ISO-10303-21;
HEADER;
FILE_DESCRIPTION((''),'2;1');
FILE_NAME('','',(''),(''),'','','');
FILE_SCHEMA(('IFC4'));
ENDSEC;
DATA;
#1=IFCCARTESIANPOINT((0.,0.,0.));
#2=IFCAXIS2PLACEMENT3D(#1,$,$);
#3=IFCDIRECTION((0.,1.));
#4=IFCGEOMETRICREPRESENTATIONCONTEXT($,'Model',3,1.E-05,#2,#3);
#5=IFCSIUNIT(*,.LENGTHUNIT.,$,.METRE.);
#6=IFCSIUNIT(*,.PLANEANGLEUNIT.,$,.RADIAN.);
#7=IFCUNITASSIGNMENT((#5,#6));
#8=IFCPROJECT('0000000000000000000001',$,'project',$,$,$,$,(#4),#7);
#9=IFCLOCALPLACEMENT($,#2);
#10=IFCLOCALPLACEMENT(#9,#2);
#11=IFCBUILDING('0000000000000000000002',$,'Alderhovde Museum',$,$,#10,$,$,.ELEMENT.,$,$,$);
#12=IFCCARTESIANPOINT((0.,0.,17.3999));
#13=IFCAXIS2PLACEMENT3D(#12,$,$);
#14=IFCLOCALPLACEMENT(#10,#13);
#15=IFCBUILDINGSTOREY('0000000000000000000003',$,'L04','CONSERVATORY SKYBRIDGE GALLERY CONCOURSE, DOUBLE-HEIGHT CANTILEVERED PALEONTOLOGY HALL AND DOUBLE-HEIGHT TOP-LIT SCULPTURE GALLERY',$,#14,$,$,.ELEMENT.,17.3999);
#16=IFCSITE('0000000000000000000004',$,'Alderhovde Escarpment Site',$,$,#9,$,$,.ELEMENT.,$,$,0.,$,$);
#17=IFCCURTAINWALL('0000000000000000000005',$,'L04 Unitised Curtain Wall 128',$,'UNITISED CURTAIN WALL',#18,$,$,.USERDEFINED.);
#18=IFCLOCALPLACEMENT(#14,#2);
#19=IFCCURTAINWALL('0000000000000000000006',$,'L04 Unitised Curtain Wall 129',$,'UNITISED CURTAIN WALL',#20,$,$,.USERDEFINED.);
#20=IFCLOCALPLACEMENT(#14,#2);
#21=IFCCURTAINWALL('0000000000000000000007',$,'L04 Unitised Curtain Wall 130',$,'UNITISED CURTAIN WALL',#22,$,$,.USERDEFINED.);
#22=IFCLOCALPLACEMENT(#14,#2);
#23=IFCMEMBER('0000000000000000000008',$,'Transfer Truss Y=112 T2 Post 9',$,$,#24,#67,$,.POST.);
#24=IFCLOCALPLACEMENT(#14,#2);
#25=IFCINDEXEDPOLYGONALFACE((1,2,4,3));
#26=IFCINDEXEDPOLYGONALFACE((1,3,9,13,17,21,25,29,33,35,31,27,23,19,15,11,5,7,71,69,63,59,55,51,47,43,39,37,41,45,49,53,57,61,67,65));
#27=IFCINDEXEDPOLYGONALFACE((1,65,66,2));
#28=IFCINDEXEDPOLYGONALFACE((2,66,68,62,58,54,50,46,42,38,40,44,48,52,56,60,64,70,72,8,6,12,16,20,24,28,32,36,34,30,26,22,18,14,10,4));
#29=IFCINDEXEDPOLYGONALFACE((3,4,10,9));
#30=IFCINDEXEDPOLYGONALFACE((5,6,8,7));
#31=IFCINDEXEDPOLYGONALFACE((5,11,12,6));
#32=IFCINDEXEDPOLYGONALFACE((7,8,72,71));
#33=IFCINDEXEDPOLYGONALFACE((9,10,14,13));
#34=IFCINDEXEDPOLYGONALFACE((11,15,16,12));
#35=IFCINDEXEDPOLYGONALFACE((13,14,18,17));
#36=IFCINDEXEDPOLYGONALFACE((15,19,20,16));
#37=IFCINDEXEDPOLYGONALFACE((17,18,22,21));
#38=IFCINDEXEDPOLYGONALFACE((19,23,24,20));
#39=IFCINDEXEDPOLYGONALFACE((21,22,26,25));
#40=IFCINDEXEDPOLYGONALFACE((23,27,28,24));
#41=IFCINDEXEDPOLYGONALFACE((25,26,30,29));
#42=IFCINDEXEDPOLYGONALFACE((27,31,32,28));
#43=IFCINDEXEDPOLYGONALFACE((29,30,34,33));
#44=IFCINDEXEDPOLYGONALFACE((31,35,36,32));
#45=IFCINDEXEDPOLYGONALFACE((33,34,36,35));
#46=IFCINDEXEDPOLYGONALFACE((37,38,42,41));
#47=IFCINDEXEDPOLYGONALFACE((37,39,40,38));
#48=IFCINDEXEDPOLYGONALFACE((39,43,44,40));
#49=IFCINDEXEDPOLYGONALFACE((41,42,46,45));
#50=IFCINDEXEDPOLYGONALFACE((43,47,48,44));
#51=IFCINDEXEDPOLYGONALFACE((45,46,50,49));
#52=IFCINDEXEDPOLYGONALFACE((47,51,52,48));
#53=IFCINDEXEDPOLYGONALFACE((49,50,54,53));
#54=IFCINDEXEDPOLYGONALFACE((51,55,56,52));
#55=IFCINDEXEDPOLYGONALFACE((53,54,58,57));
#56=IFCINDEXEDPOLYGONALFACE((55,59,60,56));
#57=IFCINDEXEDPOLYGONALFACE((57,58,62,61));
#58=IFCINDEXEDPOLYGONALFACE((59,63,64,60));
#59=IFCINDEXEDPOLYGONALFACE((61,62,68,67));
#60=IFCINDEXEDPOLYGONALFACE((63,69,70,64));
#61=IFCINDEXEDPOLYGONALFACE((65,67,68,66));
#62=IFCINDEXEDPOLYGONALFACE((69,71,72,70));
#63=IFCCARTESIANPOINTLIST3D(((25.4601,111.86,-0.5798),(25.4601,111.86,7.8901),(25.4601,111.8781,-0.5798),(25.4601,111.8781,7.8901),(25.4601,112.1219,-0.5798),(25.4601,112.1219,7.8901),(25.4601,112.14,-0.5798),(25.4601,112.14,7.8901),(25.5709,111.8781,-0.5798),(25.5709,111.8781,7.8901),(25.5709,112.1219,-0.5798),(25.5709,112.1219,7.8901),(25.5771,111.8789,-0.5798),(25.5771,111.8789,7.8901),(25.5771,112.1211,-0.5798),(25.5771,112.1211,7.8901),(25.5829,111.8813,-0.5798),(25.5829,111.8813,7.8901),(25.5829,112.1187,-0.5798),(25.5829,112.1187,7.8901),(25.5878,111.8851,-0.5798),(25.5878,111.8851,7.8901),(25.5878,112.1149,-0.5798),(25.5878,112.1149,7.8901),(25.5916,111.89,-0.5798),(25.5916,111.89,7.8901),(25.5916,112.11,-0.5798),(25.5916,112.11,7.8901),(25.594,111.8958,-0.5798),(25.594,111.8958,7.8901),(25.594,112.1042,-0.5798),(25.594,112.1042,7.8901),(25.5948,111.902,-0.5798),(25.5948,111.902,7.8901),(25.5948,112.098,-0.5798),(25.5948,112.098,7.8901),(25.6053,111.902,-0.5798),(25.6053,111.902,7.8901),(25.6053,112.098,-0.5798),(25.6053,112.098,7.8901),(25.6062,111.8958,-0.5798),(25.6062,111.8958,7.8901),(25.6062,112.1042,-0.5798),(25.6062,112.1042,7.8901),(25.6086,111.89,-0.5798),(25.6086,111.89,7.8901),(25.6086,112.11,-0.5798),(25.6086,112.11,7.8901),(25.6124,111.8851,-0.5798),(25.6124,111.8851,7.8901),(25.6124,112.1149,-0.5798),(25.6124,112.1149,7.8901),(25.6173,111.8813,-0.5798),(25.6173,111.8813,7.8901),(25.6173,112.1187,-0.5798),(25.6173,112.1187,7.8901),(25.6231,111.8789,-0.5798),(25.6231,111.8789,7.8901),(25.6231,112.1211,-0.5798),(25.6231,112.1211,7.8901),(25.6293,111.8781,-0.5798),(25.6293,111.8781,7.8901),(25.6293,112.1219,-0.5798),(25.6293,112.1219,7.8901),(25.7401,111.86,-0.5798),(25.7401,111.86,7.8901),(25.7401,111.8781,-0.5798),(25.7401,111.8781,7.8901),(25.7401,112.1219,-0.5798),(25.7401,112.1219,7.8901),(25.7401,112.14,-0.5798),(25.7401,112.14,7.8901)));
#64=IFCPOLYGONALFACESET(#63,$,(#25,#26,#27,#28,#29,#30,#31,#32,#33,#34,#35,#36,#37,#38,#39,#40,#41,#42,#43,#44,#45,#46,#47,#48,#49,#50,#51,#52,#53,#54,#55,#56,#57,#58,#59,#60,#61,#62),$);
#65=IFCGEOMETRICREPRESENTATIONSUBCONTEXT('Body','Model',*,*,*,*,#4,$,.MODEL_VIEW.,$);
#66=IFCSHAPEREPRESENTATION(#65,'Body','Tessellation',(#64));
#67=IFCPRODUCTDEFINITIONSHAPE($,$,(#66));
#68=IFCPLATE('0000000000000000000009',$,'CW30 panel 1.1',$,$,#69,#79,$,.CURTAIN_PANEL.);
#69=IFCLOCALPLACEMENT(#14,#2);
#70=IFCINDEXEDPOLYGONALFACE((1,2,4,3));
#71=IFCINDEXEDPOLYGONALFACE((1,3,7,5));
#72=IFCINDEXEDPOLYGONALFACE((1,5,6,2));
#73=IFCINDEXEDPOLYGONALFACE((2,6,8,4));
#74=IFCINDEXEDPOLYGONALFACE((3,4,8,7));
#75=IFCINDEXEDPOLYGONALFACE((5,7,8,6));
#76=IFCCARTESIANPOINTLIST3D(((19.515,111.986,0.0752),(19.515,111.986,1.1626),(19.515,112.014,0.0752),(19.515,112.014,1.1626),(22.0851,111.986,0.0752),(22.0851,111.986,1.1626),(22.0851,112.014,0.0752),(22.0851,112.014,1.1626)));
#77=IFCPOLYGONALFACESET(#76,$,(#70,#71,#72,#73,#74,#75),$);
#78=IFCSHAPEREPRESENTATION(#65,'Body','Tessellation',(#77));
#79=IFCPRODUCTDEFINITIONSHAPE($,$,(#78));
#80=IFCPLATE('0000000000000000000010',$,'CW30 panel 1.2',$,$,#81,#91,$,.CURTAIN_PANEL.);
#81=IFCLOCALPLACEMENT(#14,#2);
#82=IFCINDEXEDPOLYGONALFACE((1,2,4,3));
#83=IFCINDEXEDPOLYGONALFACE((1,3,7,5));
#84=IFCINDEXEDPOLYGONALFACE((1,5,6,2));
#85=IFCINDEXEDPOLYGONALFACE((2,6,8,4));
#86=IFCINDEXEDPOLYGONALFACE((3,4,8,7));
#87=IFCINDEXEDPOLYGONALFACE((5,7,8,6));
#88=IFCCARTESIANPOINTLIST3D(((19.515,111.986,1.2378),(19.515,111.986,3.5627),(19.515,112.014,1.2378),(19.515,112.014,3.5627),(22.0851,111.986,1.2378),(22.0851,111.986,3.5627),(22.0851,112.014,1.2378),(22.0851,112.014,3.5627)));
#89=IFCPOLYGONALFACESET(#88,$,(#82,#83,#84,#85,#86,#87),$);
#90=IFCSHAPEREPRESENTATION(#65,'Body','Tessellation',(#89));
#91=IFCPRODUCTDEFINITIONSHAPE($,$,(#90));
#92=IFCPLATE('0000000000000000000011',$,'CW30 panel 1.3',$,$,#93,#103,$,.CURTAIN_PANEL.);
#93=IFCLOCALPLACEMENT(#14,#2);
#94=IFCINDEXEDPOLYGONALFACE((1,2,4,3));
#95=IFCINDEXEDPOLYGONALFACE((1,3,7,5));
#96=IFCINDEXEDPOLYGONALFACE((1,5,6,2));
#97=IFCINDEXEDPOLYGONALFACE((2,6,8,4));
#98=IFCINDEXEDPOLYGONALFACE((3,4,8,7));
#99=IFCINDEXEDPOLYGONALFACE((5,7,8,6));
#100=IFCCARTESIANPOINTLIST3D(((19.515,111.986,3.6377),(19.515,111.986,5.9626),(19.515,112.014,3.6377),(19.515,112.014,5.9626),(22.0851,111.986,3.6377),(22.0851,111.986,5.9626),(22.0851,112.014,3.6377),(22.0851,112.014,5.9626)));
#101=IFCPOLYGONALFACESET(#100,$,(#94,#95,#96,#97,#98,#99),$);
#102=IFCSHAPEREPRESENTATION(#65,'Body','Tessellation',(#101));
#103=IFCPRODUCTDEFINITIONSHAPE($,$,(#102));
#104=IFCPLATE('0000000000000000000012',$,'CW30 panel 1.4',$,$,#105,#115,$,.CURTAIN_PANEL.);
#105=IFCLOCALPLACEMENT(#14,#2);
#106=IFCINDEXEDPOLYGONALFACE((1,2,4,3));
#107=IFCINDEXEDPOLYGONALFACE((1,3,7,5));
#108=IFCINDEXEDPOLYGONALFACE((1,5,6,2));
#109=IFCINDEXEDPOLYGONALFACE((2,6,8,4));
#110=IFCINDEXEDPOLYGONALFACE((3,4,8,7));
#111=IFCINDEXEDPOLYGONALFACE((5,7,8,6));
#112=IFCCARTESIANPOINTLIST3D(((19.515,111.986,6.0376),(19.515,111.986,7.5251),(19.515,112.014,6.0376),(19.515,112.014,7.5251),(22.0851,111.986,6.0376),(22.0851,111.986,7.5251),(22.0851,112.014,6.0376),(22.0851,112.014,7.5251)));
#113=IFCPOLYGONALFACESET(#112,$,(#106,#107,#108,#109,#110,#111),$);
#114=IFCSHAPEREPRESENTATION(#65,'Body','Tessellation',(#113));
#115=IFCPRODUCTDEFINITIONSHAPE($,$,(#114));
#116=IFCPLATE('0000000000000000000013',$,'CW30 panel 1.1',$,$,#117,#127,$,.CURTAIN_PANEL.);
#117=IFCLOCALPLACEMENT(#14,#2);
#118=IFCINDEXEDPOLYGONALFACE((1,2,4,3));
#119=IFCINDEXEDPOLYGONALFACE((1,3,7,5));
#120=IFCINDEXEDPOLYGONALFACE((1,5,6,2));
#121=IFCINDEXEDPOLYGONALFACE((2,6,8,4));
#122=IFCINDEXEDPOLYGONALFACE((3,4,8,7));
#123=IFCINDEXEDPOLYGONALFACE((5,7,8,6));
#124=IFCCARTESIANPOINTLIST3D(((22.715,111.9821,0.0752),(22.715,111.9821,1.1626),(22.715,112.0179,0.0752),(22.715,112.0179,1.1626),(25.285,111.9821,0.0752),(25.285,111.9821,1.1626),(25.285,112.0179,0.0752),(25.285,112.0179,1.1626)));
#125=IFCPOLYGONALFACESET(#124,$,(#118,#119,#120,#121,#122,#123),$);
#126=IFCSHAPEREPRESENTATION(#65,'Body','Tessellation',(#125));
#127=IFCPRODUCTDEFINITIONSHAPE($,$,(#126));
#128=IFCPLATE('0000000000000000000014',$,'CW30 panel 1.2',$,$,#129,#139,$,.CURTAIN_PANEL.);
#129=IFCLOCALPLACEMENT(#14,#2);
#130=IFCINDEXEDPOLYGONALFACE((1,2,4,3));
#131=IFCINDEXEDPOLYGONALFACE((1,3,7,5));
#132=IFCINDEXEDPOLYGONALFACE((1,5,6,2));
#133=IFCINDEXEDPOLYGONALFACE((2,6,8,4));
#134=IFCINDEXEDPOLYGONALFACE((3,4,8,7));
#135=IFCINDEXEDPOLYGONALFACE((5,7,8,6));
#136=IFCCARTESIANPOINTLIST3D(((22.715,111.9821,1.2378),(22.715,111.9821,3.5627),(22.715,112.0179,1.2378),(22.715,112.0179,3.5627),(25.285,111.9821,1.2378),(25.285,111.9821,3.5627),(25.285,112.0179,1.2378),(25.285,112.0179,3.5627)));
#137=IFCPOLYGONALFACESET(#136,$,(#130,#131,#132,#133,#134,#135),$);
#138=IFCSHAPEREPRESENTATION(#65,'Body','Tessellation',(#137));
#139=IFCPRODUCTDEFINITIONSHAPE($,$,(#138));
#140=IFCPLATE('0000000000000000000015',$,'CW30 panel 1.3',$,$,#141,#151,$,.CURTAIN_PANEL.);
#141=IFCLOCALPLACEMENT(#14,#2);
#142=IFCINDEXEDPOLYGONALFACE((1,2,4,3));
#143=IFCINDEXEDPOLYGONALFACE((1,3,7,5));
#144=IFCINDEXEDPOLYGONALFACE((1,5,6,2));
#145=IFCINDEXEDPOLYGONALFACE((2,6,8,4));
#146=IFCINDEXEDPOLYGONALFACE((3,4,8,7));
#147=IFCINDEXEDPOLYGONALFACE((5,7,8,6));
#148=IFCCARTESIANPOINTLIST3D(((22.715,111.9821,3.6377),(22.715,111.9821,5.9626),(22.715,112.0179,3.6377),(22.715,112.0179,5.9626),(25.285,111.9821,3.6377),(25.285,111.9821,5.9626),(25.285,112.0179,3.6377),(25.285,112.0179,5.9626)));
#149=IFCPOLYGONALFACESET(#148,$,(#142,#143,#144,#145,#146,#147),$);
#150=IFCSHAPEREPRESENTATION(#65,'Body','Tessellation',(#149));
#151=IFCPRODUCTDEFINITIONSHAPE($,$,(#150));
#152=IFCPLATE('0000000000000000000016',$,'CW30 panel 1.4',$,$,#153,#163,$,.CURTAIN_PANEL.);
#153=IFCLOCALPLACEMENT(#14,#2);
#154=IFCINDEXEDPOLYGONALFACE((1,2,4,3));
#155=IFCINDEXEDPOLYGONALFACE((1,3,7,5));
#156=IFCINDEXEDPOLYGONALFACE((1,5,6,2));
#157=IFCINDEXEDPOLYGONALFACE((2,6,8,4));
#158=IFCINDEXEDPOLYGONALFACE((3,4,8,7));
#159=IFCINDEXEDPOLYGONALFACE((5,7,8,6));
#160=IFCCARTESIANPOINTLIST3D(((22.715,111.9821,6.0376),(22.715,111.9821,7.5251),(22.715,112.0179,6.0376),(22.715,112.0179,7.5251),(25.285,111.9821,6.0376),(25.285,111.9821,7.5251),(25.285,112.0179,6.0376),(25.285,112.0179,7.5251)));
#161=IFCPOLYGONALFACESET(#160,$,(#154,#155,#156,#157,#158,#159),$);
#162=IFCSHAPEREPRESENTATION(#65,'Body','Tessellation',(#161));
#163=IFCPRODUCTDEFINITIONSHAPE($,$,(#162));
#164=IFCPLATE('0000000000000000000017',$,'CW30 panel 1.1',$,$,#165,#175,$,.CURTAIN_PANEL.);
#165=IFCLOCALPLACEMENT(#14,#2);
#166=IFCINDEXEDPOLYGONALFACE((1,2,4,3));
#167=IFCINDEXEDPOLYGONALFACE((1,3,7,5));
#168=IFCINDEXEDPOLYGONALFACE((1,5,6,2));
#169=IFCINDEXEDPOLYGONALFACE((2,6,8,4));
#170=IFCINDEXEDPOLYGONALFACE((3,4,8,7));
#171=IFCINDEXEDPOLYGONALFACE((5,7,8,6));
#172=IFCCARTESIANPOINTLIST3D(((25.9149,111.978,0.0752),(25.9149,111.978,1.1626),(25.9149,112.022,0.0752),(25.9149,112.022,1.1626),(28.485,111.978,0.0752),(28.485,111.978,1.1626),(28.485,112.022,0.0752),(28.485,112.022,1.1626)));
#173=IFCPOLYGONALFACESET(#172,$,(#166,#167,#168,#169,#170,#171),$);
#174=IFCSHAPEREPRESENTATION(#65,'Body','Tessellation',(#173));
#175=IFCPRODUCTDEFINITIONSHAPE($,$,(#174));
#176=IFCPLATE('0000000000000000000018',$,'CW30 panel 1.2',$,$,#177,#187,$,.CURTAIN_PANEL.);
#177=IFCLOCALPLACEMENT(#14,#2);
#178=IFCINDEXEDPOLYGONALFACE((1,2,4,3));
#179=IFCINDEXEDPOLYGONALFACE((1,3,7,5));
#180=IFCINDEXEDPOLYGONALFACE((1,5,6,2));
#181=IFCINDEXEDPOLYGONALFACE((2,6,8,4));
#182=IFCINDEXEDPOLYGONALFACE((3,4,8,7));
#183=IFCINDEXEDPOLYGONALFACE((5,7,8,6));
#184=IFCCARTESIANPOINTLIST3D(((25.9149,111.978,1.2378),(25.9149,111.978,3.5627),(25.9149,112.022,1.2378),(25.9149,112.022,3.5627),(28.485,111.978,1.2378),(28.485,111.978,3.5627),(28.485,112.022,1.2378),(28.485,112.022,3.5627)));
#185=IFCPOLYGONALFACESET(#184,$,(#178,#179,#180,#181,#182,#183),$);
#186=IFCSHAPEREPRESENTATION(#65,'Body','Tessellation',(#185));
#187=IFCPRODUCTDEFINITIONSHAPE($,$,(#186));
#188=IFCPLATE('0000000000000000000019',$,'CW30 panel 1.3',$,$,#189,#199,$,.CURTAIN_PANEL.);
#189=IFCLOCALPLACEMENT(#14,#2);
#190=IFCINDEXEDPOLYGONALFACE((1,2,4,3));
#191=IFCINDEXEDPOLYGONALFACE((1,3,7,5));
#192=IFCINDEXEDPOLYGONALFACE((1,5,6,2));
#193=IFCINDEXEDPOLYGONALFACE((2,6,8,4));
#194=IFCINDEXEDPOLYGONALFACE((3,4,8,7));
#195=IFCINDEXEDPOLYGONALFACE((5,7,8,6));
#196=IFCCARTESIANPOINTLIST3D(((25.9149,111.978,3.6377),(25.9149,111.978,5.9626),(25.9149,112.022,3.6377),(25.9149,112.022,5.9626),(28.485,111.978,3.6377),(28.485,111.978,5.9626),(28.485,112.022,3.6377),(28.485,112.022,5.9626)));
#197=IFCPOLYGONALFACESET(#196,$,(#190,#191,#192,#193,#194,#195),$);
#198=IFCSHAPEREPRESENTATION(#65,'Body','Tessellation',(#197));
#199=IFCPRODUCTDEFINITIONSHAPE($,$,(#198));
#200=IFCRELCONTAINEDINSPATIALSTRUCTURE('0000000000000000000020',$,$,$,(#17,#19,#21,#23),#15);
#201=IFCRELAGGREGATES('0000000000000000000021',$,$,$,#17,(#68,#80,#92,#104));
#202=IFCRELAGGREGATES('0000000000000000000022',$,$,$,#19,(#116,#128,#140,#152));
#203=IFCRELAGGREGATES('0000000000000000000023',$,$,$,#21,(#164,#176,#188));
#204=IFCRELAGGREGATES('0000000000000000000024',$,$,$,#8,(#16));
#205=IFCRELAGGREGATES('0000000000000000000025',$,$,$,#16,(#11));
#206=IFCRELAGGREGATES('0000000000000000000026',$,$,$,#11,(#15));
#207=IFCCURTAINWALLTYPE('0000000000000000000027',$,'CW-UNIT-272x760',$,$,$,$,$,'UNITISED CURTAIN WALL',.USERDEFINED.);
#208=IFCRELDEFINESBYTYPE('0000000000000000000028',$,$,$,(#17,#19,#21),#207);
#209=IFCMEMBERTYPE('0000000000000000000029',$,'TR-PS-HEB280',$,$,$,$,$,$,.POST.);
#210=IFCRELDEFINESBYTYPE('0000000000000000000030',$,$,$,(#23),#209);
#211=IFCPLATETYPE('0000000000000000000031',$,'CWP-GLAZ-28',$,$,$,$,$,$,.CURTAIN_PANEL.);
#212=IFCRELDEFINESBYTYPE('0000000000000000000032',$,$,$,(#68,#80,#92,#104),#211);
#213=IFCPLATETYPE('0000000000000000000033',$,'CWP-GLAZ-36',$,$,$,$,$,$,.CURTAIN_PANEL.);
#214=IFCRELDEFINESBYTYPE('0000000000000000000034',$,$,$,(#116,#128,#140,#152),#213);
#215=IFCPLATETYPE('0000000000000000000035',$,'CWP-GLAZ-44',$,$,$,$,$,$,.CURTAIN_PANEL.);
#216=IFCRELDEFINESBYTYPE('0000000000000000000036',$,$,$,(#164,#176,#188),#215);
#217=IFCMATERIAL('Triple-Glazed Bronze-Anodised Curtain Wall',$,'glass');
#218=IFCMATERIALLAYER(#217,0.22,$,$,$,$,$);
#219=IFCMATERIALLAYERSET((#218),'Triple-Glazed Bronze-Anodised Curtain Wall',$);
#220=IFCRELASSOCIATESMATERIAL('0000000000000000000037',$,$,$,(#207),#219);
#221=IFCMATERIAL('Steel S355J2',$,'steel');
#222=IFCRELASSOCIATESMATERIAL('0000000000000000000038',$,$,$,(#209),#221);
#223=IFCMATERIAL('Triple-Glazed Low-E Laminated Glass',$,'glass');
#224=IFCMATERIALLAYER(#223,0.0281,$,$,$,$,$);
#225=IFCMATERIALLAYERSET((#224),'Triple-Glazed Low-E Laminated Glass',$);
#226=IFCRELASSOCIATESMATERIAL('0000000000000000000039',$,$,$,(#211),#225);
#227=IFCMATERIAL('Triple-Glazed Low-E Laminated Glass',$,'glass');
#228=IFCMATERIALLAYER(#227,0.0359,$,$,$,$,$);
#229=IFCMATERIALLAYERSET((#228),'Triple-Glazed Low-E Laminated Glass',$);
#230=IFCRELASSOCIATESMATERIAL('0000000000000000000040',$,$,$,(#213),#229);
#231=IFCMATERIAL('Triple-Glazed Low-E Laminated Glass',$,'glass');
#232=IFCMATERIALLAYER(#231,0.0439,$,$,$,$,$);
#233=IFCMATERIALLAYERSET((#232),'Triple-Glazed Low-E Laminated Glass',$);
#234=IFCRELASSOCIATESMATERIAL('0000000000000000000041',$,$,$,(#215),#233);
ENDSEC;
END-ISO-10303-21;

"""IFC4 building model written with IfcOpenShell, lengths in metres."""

from ifc_helpers import new_model, si_unit, direction, frame, origin, origin_2d, place, context, subcontext, project, spatial, rectangle, i_section, extrude, material, layer, layer_set, material_profile, profile_set, type_object, element, aggregate, save


model = new_model("IFC4")

# Units and contexts
model_context = context("Model", 3, precision=1e-05, world=origin(), true_north=direction((0.0, 1.0)))
body_context = subcontext(model_context, "Body", "Model", "MODEL_VIEW")
ifc_project = project(units=[si_unit("LENGTHUNIT", "METRE"), si_unit("PLANEANGLEUNIT", "RADIAN")], contexts=[model_context])

# Site, building, storey
site_placement = place(None, origin())
site = spatial("IfcSite", under=ifc_project, at=site_placement, Name="Alderhovde Escarpment Site", CompositionType="ELEMENT", RefElevation=0.0)
building_placement = place(site_placement, origin())
building = spatial("IfcBuilding", under=site, at=building_placement, Name="Alderhovde Museum", CompositionType="ELEMENT")
storey_placement = place(building_placement, frame((0.0, 0.0, 17.3999)))
storey = spatial("IfcBuildingStorey", under=building, at=storey_placement, Name="L04", Description="CONSERVATORY SKYBRIDGE GALLERY CONCOURSE, DOUBLE-HEIGHT CANTILEVERED PALEONTOLOGY HALL AND DOUBLE-HEIGHT TOP-LIT SCULPTURE GALLERY", CompositionType="ELEMENT", Elevation=17.3999)

# Curtain wall
ifc_material_1 = material(Name="Triple-Glazed Bronze-Anodised Curtain Wall", Category="glass")
ifc_layer_1 = layer(ifc_material_1, 0.22)
ifc_layer_set_1 = layer_set([ifc_layer_1], Name="Triple-Glazed Bronze-Anodised Curtain Wall")
curtain_wall_type = type_object("IfcCurtainWallType", Name="CW-UNIT-272x760", ElementType="UNITISED CURTAIN WALL", PredefinedType="USERDEFINED", material=ifc_layer_set_1)
curtain_wall_1_placement = place(storey_placement, origin())
curtain_wall_1 = element("IfcCurtainWall", 1, at=curtain_wall_1_placement, inside=storey, type_object=curtain_wall_type, Name="L04 Unitised Curtain Wall 128", ObjectType="UNITISED CURTAIN WALL", PredefinedType="USERDEFINED")

# Curtain walls
curtain_wall_2_placement = place(storey_placement, origin())
curtain_wall_2 = element("IfcCurtainWall", 2, at=curtain_wall_2_placement, inside=storey, type_object=curtain_wall_type, Name="L04 Unitised Curtain Wall 129", ObjectType="UNITISED CURTAIN WALL", PredefinedType="USERDEFINED")
curtain_wall_3_placement = place(storey_placement, origin())
curtain_wall_3 = element("IfcCurtainWall", 3, at=curtain_wall_3_placement, inside=storey, type_object=curtain_wall_type, Name="L04 Unitised Curtain Wall 130", ObjectType="UNITISED CURTAIN WALL", PredefinedType="USERDEFINED")

# Member
ifc_material_2 = material(Name="Steel S355J2", Category="steel")
ifc_material_profile_1 = material_profile(ifc_material_2, i_section(OverallWidth=0.28, OverallDepth=0.28, WebThickness=0.0105, FlangeThickness=0.0181, FilletRadius=0.0239, at=origin_2d()), Name="HEB 280")
ifc_profile_set_1 = profile_set([ifc_material_profile_1], Name="Steel S355J2")
member_type_1 = type_object("IfcMemberType", Name="TR-PS-HEB280", PredefinedType="POST", material=ifc_profile_set_1)
for number, where, z_axis, x_axis, name in (
    (4, (25.6001, 112.0, -0.5798), (0.0, 0.0, 1.0), (1.0, 0.0, 0.0), "Transfer Truss Y=112 T2 Post 9"),
):
    element("IfcMember", number, at=place(storey_placement, frame(where, z_axis=z_axis, x_axis=x_axis)), inside=storey, type_object=member_type_1, Name=name, PredefinedType="POST", context=body_context, shape_type="SweptSolid", body=[
        extrude(i_section(OverallWidth=0.28, OverallDepth=0.28, WebThickness=0.0105, FlangeThickness=0.0181, FilletRadius=0.0239, at=origin_2d()), origin(), (0.0, 0.0, 1.0), 8.47),
    ])

# Plates
ifc_material_3 = material(Name="Triple-Glazed Low-E Laminated Glass", Category="glass")
ifc_layer_2 = layer(ifc_material_3, 0.0281)
ifc_layer_set_2 = layer_set([ifc_layer_2], Name="Triple-Glazed Low-E Laminated Glass")
plate_type_1 = type_object("IfcPlateType", Name="CWP-GLAZ-28", PredefinedType="CURTAIN_PANEL", material=ifc_layer_set_2)
plate_1_placement = place(storey_placement, frame((20.8, 112.0, 0.0752), z_axis=(0.0, 0.0, 1.0), x_axis=(1.0, 0.0, 0.0)))
plate_1 = element("IfcPlate", 5, at=plate_1_placement, type_object=plate_type_1, Name="CW30 panel 1.1", PredefinedType="CURTAIN_PANEL", context=body_context, shape_type="SweptSolid", body=[
    extrude(rectangle(XDim=2.5701, YDim=0.0281, at=origin_2d()), origin(), (0.0, 0.0, 1.0), 1.0874),
])
plate_2_placement = place(storey_placement, frame((20.8, 112.0, 1.2378), z_axis=(0.0, 0.0, 1.0), x_axis=(1.0, 0.0, 0.0)))
plate_2 = element("IfcPlate", 6, at=plate_2_placement, type_object=plate_type_1, Name="CW30 panel 1.2", PredefinedType="CURTAIN_PANEL", context=body_context, shape_type="SweptSolid", body=[
    extrude(rectangle(XDim=2.5701, YDim=0.0281, at=origin_2d()), origin(), (0.0, 0.0, 1.0), 2.325),
])
plate_3_placement = place(storey_placement, frame((20.8, 112.0, 3.6377), z_axis=(0.0, 0.0, 1.0), x_axis=(1.0, 0.0, 0.0)))
plate_3 = element("IfcPlate", 7, at=plate_3_placement, type_object=plate_type_1, Name="CW30 panel 1.3", PredefinedType="CURTAIN_PANEL", context=body_context, shape_type="SweptSolid", body=[
    extrude(rectangle(XDim=2.5701, YDim=0.0281, at=origin_2d()), origin(), (0.0, 0.0, 1.0), 2.325),
])
plate_4_placement = place(storey_placement, frame((20.8, 112.0, 6.0376), z_axis=(0.0, 0.0, 1.0), x_axis=(1.0, 0.0, 0.0)))
plate_4 = element("IfcPlate", 8, at=plate_4_placement, type_object=plate_type_1, Name="CW30 panel 1.4", PredefinedType="CURTAIN_PANEL", context=body_context, shape_type="SweptSolid", body=[
    extrude(rectangle(XDim=2.5701, YDim=0.0281, at=origin_2d()), origin(), (0.0, 0.0, 1.0), 1.4875),
])
aggregate(curtain_wall_1, [plate_1, plate_2, plate_3, plate_4])
ifc_material_4 = material(Name="Triple-Glazed Low-E Laminated Glass", Category="glass")
ifc_layer_3 = layer(ifc_material_4, 0.0359)
ifc_layer_set_3 = layer_set([ifc_layer_3], Name="Triple-Glazed Low-E Laminated Glass")
plate_type_2 = type_object("IfcPlateType", Name="CWP-GLAZ-36", PredefinedType="CURTAIN_PANEL", material=ifc_layer_set_3)
plate_5_placement = place(storey_placement, frame((24.0, 112.0, 0.0752), z_axis=(0.0, 0.0, 1.0), x_axis=(1.0, 0.0, 0.0)))
plate_5 = element("IfcPlate", 9, at=plate_5_placement, type_object=plate_type_2, Name="CW30 panel 1.1", PredefinedType="CURTAIN_PANEL", context=body_context, shape_type="SweptSolid", body=[
    extrude(rectangle(XDim=2.5701, YDim=0.0359, at=origin_2d()), origin(), (0.0, 0.0, 1.0), 1.0874),
])
plate_6_placement = place(storey_placement, frame((24.0, 112.0, 1.2378), z_axis=(0.0, 0.0, 1.0), x_axis=(1.0, 0.0, 0.0)))
plate_6 = element("IfcPlate", 10, at=plate_6_placement, type_object=plate_type_2, Name="CW30 panel 1.2", PredefinedType="CURTAIN_PANEL", context=body_context, shape_type="SweptSolid", body=[
    extrude(rectangle(XDim=2.5701, YDim=0.0359, at=origin_2d()), origin(), (0.0, 0.0, 1.0), 2.325),
])
plate_7_placement = place(storey_placement, frame((24.0, 112.0, 3.6377), z_axis=(0.0, 0.0, 1.0), x_axis=(1.0, 0.0, 0.0)))
plate_7 = element("IfcPlate", 11, at=plate_7_placement, type_object=plate_type_2, Name="CW30 panel 1.3", PredefinedType="CURTAIN_PANEL", context=body_context, shape_type="SweptSolid", body=[
    extrude(rectangle(XDim=2.5701, YDim=0.0359, at=origin_2d()), origin(), (0.0, 0.0, 1.0), 2.325),
])
plate_8_placement = place(storey_placement, frame((24.0, 112.0, 6.0376), z_axis=(0.0, 0.0, 1.0), x_axis=(1.0, 0.0, 0.0)))
plate_8 = element("IfcPlate", 12, at=plate_8_placement, type_object=plate_type_2, Name="CW30 panel 1.4", PredefinedType="CURTAIN_PANEL", context=body_context, shape_type="SweptSolid", body=[
    extrude(rectangle(XDim=2.5701, YDim=0.0359, at=origin_2d()), origin(), (0.0, 0.0, 1.0), 1.4875),
])
aggregate(curtain_wall_2, [plate_5, plate_6, plate_7, plate_8])
ifc_material_5 = material(Name="Triple-Glazed Low-E Laminated Glass", Category="glass")
ifc_layer_4 = layer(ifc_material_5, 0.0439)
ifc_layer_set_4 = layer_set([ifc_layer_4], Name="Triple-Glazed Low-E Laminated Glass")
plate_type_3 = type_object("IfcPlateType", Name="CWP-GLAZ-44", PredefinedType="CURTAIN_PANEL", material=ifc_layer_set_4)
plate_9_placement = place(storey_placement, frame((27.2, 112.0, 0.0752), z_axis=(0.0, 0.0, 1.0), x_axis=(1.0, 0.0, 0.0)))
plate_9 = element("IfcPlate", 13, at=plate_9_placement, type_object=plate_type_3, Name="CW30 panel 1.1", PredefinedType="CURTAIN_PANEL", context=body_context, shape_type="SweptSolid", body=[
    extrude(rectangle(XDim=2.5701, YDim=0.0439, at=origin_2d()), origin(), (0.0, 0.0, 1.0), 1.0874),
])
plate_10_placement = place(storey_placement, frame((27.2, 112.0, 1.2378), z_axis=(0.0, 0.0, 1.0), x_axis=(1.0, 0.0, 0.0)))
plate_10 = element("IfcPlate", 14, at=plate_10_placement, type_object=plate_type_3, Name="CW30 panel 1.2", PredefinedType="CURTAIN_PANEL", context=body_context, shape_type="SweptSolid", body=[
    extrude(rectangle(XDim=2.5701, YDim=0.0439, at=origin_2d()), origin(), (0.0, 0.0, 1.0), 2.325),
])
plate_11_placement = place(storey_placement, frame((27.2, 112.0, 3.6377), z_axis=(0.0, 0.0, 1.0), x_axis=(1.0, 0.0, 0.0)))
plate_11 = element("IfcPlate", 15, at=plate_11_placement, type_object=plate_type_3, Name="CW30 panel 1.3", PredefinedType="CURTAIN_PANEL", context=body_context, shape_type="SweptSolid", body=[
    extrude(rectangle(XDim=2.5701, YDim=0.0439, at=origin_2d()), origin(), (0.0, 0.0, 1.0), 2.325),
])
aggregate(curtain_wall_3, [plate_9, plate_10, plate_11])

save(model, "model.ifc")
